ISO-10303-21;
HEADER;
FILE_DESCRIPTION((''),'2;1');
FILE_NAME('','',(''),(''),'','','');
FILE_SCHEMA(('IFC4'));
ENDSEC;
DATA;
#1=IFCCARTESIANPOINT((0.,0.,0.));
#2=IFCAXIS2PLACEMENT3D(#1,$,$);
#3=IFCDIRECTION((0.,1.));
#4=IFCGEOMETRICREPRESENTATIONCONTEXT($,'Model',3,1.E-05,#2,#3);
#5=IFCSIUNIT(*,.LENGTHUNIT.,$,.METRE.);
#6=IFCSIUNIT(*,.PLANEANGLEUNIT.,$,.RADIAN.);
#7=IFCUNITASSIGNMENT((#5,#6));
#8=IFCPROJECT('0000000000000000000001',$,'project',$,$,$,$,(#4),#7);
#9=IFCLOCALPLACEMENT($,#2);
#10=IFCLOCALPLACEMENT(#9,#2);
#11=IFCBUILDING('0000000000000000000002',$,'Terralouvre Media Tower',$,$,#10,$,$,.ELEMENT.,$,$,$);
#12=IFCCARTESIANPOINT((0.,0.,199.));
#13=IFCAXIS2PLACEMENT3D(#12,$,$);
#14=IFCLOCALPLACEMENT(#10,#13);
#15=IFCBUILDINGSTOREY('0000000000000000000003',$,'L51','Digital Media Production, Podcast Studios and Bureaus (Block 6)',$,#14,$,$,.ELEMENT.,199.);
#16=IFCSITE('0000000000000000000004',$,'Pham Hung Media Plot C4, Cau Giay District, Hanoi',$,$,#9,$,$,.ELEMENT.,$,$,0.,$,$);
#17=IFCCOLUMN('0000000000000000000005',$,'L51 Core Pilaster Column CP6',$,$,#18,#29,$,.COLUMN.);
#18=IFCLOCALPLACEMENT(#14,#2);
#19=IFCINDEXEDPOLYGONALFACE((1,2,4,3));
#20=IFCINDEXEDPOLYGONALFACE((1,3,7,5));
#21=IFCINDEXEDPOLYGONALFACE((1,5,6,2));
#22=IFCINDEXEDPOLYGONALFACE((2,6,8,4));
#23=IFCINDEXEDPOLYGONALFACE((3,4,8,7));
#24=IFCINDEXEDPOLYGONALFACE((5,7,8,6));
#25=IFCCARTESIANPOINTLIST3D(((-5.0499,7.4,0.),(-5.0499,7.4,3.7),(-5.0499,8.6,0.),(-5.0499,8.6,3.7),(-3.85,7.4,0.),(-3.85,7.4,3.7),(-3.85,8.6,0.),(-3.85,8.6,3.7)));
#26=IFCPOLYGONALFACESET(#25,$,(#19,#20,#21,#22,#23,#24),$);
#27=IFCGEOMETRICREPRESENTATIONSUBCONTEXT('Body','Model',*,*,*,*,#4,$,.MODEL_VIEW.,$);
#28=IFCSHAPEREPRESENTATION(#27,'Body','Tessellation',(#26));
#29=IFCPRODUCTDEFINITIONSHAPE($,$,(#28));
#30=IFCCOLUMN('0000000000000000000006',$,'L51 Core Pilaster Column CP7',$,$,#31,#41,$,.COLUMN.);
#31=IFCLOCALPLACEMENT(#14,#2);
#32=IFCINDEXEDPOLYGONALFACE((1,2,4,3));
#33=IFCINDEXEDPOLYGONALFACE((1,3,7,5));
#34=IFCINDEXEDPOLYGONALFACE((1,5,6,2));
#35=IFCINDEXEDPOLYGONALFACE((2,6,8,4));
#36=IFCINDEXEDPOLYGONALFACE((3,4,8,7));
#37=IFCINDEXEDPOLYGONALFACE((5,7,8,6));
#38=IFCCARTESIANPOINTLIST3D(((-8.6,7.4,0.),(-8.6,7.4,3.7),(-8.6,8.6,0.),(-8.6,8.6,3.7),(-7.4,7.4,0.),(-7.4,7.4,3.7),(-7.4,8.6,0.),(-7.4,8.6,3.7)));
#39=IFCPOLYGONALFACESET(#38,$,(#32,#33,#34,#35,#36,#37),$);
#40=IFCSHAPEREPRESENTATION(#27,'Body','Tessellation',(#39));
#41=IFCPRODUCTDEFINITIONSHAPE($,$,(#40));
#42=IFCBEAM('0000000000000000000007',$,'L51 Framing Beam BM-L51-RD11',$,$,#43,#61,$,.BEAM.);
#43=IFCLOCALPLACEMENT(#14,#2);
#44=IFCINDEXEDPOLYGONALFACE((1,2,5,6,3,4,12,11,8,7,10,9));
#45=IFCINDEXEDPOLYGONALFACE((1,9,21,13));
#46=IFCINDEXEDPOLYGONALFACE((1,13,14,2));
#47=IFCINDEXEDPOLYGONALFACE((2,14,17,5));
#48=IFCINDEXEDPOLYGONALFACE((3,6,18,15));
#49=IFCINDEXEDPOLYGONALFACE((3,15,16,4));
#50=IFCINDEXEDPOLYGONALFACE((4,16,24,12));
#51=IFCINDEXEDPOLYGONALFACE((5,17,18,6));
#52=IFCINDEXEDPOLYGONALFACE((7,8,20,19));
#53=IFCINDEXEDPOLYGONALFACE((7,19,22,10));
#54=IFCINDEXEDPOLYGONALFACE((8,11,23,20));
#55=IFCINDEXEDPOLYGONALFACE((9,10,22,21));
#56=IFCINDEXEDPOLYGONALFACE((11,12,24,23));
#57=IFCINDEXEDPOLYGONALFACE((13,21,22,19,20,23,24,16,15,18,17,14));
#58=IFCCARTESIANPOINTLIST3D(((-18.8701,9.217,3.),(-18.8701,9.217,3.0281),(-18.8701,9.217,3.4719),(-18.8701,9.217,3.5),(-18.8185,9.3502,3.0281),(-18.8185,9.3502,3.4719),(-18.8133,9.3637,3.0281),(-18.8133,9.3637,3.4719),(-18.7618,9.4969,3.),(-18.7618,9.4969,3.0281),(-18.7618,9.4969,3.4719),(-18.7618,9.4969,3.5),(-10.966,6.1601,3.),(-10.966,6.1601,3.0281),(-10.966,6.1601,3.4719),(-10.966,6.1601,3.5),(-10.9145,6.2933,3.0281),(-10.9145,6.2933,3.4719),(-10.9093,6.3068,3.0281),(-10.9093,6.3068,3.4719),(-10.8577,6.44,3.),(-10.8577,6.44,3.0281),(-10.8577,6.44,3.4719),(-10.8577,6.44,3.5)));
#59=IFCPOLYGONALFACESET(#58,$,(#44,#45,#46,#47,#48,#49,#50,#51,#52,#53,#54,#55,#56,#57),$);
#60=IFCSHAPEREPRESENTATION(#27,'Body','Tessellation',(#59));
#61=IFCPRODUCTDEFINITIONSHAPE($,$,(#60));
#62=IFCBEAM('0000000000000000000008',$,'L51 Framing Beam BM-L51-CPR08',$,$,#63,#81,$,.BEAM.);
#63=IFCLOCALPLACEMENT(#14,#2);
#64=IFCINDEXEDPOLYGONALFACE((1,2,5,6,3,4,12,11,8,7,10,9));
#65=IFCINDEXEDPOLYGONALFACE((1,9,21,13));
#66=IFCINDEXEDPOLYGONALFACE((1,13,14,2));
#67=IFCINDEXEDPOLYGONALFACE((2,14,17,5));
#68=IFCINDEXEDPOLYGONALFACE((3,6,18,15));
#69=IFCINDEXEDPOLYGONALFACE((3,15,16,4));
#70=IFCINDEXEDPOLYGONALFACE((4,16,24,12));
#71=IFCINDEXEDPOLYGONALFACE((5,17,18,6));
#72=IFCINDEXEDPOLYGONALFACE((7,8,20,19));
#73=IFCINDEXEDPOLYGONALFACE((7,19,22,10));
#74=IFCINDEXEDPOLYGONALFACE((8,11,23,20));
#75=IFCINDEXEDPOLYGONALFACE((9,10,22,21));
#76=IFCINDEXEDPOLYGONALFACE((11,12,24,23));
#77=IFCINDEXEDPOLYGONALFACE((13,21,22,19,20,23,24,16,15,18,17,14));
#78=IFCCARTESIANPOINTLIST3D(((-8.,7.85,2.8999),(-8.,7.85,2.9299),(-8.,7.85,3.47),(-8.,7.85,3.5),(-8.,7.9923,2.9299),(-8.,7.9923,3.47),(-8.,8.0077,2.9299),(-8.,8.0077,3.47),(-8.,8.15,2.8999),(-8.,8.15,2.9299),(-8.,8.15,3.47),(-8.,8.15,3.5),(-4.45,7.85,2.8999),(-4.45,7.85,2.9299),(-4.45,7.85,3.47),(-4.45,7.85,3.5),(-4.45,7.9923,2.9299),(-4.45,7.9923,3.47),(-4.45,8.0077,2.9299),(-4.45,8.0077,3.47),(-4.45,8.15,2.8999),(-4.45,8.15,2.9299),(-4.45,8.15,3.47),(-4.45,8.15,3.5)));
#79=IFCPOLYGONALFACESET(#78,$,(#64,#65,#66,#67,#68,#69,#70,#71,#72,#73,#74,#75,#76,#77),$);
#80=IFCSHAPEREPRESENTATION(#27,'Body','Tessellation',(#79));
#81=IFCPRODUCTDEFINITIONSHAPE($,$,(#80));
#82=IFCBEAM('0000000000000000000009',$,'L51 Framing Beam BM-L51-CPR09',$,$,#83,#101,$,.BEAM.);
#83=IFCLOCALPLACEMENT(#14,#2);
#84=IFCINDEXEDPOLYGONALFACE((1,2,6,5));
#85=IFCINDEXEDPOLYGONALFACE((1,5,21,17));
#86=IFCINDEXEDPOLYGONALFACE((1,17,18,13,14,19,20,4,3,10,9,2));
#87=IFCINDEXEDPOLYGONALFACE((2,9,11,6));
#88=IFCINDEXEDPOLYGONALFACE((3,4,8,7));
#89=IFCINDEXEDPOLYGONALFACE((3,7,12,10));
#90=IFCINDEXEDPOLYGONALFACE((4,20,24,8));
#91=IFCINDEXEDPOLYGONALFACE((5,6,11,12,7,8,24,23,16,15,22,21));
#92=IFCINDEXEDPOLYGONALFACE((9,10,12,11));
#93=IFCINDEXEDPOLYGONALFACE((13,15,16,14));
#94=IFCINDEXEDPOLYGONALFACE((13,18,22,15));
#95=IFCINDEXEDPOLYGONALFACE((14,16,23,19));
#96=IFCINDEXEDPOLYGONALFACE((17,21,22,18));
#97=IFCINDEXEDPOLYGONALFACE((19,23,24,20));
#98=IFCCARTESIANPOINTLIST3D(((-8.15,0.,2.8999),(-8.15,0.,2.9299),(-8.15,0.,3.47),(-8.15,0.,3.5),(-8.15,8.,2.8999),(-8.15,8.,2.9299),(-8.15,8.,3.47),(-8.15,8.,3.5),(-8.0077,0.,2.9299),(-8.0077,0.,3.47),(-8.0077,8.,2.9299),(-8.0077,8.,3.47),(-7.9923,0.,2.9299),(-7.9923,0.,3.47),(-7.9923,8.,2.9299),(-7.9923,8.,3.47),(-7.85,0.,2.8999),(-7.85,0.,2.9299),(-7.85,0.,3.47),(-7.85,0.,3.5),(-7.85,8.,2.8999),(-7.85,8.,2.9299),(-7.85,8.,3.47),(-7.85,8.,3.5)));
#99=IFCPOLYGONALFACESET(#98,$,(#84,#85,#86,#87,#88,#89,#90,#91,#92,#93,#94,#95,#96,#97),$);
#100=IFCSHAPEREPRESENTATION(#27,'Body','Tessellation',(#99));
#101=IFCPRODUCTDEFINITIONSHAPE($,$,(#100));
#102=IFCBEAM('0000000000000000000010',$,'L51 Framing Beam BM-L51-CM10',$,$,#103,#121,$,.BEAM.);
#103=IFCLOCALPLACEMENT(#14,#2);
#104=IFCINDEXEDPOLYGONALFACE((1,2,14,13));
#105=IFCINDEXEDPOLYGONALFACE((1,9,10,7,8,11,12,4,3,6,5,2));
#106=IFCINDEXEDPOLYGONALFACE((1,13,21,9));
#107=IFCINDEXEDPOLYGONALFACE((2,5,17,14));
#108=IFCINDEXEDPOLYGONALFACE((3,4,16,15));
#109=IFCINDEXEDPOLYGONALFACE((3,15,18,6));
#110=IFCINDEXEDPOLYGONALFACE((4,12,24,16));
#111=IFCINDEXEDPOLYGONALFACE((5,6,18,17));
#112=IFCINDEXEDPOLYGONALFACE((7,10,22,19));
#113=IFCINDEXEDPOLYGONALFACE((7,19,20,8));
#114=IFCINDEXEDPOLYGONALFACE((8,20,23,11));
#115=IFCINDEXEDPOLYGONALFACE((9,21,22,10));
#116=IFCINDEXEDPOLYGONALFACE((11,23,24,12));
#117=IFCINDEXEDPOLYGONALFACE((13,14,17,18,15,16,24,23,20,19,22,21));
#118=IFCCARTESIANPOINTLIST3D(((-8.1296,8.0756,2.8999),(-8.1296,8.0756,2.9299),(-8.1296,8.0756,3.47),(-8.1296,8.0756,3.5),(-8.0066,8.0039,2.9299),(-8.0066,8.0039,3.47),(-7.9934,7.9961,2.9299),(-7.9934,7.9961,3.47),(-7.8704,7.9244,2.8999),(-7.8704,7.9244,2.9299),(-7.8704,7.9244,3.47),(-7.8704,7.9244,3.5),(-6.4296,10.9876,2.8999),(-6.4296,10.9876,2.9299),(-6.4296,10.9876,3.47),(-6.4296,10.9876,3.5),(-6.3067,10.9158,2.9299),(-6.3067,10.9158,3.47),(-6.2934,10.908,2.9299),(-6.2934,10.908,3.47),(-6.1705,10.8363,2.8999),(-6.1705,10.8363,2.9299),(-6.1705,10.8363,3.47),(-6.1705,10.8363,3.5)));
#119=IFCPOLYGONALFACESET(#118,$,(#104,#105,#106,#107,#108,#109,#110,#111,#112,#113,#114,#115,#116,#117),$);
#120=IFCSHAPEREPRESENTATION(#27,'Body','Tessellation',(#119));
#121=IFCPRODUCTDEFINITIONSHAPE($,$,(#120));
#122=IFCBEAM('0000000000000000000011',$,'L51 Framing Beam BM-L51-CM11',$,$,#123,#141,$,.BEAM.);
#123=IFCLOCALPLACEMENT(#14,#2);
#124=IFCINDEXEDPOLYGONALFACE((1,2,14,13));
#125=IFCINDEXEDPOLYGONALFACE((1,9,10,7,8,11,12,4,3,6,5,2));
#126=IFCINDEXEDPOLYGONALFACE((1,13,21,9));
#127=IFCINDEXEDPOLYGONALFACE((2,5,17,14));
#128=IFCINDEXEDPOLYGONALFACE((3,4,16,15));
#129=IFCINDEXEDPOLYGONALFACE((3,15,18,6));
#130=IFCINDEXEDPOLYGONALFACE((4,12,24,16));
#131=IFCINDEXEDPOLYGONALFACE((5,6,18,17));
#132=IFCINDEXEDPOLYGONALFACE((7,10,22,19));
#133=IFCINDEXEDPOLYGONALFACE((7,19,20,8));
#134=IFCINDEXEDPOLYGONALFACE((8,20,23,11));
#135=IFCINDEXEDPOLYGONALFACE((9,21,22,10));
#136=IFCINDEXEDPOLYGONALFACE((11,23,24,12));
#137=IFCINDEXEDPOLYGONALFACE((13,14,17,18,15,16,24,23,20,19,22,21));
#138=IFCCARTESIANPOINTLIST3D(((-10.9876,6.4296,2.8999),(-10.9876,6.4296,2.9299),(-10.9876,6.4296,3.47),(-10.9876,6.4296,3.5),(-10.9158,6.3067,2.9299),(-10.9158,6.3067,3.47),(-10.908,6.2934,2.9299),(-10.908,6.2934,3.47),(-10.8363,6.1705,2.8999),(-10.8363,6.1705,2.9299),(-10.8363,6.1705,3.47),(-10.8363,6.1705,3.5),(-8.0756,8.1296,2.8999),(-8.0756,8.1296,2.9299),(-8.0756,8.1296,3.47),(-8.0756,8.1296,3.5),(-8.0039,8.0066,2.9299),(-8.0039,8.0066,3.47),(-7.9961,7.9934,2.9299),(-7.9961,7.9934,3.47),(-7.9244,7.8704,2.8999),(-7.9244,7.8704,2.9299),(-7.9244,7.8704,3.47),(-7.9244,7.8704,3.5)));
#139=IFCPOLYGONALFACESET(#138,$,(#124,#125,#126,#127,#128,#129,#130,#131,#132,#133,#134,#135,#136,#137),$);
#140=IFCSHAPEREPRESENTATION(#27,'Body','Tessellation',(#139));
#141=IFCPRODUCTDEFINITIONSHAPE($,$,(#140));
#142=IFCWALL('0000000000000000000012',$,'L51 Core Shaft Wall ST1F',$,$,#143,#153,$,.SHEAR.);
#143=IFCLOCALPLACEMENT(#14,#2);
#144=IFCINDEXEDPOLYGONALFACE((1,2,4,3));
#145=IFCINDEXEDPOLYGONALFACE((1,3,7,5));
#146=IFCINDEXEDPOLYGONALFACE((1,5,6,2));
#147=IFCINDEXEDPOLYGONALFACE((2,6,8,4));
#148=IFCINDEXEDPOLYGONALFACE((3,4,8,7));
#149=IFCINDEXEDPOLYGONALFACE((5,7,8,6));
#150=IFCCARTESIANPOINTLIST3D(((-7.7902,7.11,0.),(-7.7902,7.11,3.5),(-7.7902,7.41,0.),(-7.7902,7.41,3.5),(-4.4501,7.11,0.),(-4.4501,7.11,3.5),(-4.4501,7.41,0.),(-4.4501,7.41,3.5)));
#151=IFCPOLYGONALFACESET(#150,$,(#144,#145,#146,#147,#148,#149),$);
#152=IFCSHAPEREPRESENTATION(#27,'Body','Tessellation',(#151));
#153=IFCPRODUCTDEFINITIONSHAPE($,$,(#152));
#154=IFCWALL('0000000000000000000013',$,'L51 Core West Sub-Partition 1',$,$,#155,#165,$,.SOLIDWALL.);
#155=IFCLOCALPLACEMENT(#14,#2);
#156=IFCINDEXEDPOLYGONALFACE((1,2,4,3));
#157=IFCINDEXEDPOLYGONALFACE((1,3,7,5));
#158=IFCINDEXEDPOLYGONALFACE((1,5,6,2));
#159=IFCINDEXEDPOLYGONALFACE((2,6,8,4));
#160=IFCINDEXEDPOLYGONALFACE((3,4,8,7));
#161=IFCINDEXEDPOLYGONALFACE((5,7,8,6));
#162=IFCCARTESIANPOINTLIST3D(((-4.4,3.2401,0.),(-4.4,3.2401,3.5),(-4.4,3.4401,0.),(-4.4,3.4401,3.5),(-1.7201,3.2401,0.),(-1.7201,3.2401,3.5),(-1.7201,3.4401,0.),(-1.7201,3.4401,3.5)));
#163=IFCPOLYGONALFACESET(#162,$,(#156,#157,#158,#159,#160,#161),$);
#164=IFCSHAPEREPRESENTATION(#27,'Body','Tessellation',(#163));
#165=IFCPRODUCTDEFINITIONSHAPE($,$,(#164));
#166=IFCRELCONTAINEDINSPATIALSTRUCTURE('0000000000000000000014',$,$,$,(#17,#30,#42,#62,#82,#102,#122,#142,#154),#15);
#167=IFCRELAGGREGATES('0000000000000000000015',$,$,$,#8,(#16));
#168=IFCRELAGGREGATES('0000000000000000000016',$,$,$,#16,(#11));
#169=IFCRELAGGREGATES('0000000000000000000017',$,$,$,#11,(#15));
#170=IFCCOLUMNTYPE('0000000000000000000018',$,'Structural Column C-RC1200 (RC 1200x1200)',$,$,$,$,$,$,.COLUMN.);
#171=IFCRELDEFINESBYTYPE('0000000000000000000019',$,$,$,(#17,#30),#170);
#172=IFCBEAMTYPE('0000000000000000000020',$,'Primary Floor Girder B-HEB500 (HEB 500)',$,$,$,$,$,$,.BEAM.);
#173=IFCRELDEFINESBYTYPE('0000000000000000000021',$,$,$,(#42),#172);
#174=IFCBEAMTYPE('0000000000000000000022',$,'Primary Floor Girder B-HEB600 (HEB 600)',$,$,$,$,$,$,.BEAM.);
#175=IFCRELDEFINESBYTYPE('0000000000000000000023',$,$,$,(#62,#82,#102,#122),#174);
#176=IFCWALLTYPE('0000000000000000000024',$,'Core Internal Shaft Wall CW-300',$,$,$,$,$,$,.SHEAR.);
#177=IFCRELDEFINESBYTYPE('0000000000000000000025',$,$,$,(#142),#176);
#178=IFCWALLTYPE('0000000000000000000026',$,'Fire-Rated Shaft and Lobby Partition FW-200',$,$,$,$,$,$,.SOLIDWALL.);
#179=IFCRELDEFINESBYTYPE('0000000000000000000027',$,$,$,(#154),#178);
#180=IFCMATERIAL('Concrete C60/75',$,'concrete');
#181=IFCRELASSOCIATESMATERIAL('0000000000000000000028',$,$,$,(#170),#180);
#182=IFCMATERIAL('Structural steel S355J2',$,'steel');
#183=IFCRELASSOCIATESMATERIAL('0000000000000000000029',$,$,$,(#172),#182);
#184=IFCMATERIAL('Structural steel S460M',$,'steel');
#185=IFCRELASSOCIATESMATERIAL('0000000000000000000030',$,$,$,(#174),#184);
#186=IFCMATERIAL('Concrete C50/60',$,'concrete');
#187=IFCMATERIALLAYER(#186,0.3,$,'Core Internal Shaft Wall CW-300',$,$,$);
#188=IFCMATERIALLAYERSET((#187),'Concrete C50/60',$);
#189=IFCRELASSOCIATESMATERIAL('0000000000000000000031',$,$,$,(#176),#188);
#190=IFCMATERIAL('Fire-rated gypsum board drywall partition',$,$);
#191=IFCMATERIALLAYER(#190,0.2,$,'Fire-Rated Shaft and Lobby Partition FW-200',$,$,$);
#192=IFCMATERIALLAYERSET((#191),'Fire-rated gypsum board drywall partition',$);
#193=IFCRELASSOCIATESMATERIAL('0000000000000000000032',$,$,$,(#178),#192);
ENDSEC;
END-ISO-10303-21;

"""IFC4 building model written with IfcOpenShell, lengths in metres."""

from ifc_helpers import new_model, si_unit, direction, frame, frame_2d, origin, origin_2d, place, context, subcontext, project, spatial, rectangle, i_section, extrude, material, layer, layer_set, material_profile, profile_set, type_object, element, save


model = new_model("IFC4")

# Units and contexts
model_context = context("Model", 3, precision=1e-05, world=origin(), true_north=direction((0.0, 1.0)))
body_context = subcontext(model_context, "Body", "Model", "MODEL_VIEW")
ifc_project = project(units=[si_unit("LENGTHUNIT", "METRE"), si_unit("PLANEANGLEUNIT", "RADIAN")], contexts=[model_context])

# Site, building, storey
site_placement = place(None, origin())
site = spatial("IfcSite", under=ifc_project, at=site_placement, Name="Pham Hung Media Plot C4, Cau Giay District, Hanoi", CompositionType="ELEMENT", RefElevation=0.0)
building_placement = place(site_placement, origin())
building = spatial("IfcBuilding", under=site, at=building_placement, Name="Terralouvre Media Tower", CompositionType="ELEMENT")
storey_placement = place(building_placement, frame((0.0, 0.0, 199.0)))
storey = spatial("IfcBuildingStorey", under=building, at=storey_placement, Name="L51", Description="Digital Media Production, Podcast Studios and Bureaus (Block 6)", CompositionType="ELEMENT", Elevation=199.0)

# Columns
ifc_material_1 = material(Name="Concrete C60/75", Category="concrete")
ifc_material_profile_1 = material_profile(ifc_material_1, rectangle(XDim=1.2, YDim=1.2, at=origin_2d()), Name="RC 1200x1200")
ifc_profile_set_1 = profile_set([ifc_material_profile_1], Name="Concrete C60/75")
column_type = type_object("IfcColumnType", Name="Structural Column C-RC1200 (RC 1200x1200)", PredefinedType="COLUMN", material=ifc_profile_set_1)
for number, where, z_axis, x_axis, name in (
    (1, (-4.45, 8.0, 0.0), (0.0, 0.0, 1.0), (1.0, 0.0, 0.0), "L51 Core Pilaster Column CP6"),
    (2, (-8.0, 8.0, 0.0), (0.0, 0.0, 1.0), (1.0, 0.0, 0.0), "L51 Core Pilaster Column CP7"),
):
    element("IfcColumn", number, at=place(storey_placement, frame(where, z_axis=z_axis, x_axis=x_axis)), inside=storey, type_object=column_type, Name=name, PredefinedType="COLUMN", context=body_context, shape_type="SweptSolid", body=[
        extrude(rectangle(XDim=1.2, YDim=1.2, at=origin_2d()), origin(), (0.0, 0.0, 1.0), 3.7),
    ])

# Beams
ifc_material_2 = material(Name="Structural steel S355J2", Category="steel")
ifc_material_profile_2 = material_profile(ifc_material_2, i_section(OverallWidth=0.3, OverallDepth=0.5, WebThickness=0.0144, FlangeThickness=0.0281, at=origin_2d()), Name="HEB 500")
ifc_profile_set_2 = profile_set([ifc_material_profile_2], Name="Structural steel S355J2")
beam_type_1 = type_object("IfcBeamType", Name="Primary Floor Girder B-HEB500 (HEB 500)", PredefinedType="BEAM", material=ifc_profile_set_2)
beam_1_placement = place(storey_placement, frame((-10.9119, 6.3, 3.25), z_axis=(-0.932677, 0.360712, 0.0), x_axis=(-0.360712, -0.932677, 0.0)))
element("IfcBeam", 3, at=beam_1_placement, inside=storey, type_object=beam_type_1, Name="L51 Framing Beam BM-L51-RD11", PredefinedType="BEAM", context=body_context, shape_type="SweptSolid", body=[
    extrude(i_section(OverallWidth=0.3, OverallDepth=0.5, WebThickness=0.0144, FlangeThickness=0.0281, at=origin_2d()), origin(), (0.0, 0.0, 1.0), 8.4746),
])
ifc_material_3 = material(Name="Structural steel S460M", Category="steel")
ifc_material_profile_3 = material_profile(ifc_material_3, i_section(OverallWidth=0.3, OverallDepth=0.6001, WebThickness=0.0154, FlangeThickness=0.03, at=origin_2d()), Name="HEB 600")
ifc_profile_set_3 = profile_set([ifc_material_profile_3], Name="Structural steel S460M")
beam_type_2 = type_object("IfcBeamType", Name="Primary Floor Girder B-HEB600 (HEB 600)", PredefinedType="BEAM", material=ifc_profile_set_3)
beam_2_placement = place(storey_placement, frame((-4.45, 8.0, 3.2), z_axis=(-1.0, 0.0, 0.0), x_axis=(0.0, -1.0, 0.0)))
element("IfcBeam", 4, at=beam_2_placement, inside=storey, type_object=beam_type_2, Name="L51 Framing Beam BM-L51-CPR08", PredefinedType="BEAM", context=body_context, shape_type="SweptSolid", body=[
    extrude(i_section(OverallWidth=0.3, OverallDepth=0.6001, WebThickness=0.0154, FlangeThickness=0.03, at=origin_2d()), origin(), (0.0, 0.0, 1.0), 3.55),
])
beam_3_placement = place(storey_placement, frame((-8.0, 8.0, 3.2), z_axis=(0.0, -1.0, 0.0), x_axis=(1.0, 0.0, 0.0)))
element("IfcBeam", 5, at=beam_3_placement, inside=storey, type_object=beam_type_2, Name="L51 Framing Beam BM-L51-CPR09", PredefinedType="BEAM", context=body_context, shape_type="SweptSolid", body=[
    extrude(i_section(OverallWidth=0.3, OverallDepth=0.6001, WebThickness=0.0154, FlangeThickness=0.03, at=origin_2d()), origin(), (0.0, 0.0, 1.0), 8.0),
])
for number, where, z_axis, x_axis, name in (
    (6, (-8.0, 8.0, 3.2), (0.504173, 0.863603, 0.0), (-0.863603, 0.504173, 0.0), "L51 Framing Beam BM-L51-CM10"),
    (7, (-8.0, 8.0, 3.2), (-0.863603, -0.504173, 0.0), (0.504173, -0.863603, 0.0), "L51 Framing Beam BM-L51-CM11"),
):
    element("IfcBeam", number, at=place(storey_placement, frame(where, z_axis=z_axis, x_axis=x_axis)), inside=storey, type_object=beam_type_2, Name=name, PredefinedType="BEAM", context=body_context, shape_type="SweptSolid", body=[
        extrude(i_section(OverallWidth=0.3, OverallDepth=0.6001, WebThickness=0.0154, FlangeThickness=0.03, at=origin_2d()), origin(), (0.0, 0.0, 1.0), 3.3718),
    ])

# Shared definitions
ifc_material_4 = material(Name="Concrete C50/60", Category="concrete")
ifc_layer_1 = layer(ifc_material_4, 0.3, Name="Core Internal Shaft Wall CW-300")
ifc_layer_set_1 = layer_set([ifc_layer_1], Name="Concrete C50/60")
wall_type_1 = type_object("IfcWallType", Name="Core Internal Shaft Wall CW-300", PredefinedType="SHEAR", material=ifc_layer_set_1)

# Wall
wall_1_placement = place(storey_placement, frame((-7.79, 7.26, 0.0), z_axis=(0.0, 0.0, 1.0), x_axis=(1.0, 0.0, 0.0)))
element("IfcWall", 8, at=wall_1_placement, inside=storey, type_object=wall_type_1, Name="L51 Core Shaft Wall ST1F", PredefinedType="SHEAR", context=body_context, shape_type="SweptSolid", body=[
    extrude(rectangle(XDim=3.3401, YDim=0.3, at=frame_2d((1.6699, 0.0))), origin(), (0.0, 0.0, 1.0), 3.5),
])

# Wall
ifc_material_5 = material(Name="Fire-rated gypsum board drywall partition")
ifc_layer_2 = layer(ifc_material_5, 0.2, Name="Fire-Rated Shaft and Lobby Partition FW-200")
ifc_layer_set_2 = layer_set([ifc_layer_2], Name="Fire-rated gypsum board drywall partition")
wall_type_2 = type_object("IfcWallType", Name="Fire-Rated Shaft and Lobby Partition FW-200", PredefinedType="SOLIDWALL", material=ifc_layer_set_2)
wall_2_placement = place(storey_placement, frame((-4.3999, 3.3401, 0.0), z_axis=(0.0, 0.0, 1.0), x_axis=(1.0, 0.0, 0.0)))
element("IfcWall", 9, at=wall_2_placement, inside=storey, type_object=wall_type_2, Name="L51 Core West Sub-Partition 1", PredefinedType="SOLIDWALL", context=body_context, shape_type="SweptSolid", body=[
    extrude(rectangle(XDim=2.6799, YDim=0.2, at=frame_2d((1.3398, 0.0))), origin(), (0.0, 0.0, 1.0), 3.5),
])

save(model, "model.ifc")
